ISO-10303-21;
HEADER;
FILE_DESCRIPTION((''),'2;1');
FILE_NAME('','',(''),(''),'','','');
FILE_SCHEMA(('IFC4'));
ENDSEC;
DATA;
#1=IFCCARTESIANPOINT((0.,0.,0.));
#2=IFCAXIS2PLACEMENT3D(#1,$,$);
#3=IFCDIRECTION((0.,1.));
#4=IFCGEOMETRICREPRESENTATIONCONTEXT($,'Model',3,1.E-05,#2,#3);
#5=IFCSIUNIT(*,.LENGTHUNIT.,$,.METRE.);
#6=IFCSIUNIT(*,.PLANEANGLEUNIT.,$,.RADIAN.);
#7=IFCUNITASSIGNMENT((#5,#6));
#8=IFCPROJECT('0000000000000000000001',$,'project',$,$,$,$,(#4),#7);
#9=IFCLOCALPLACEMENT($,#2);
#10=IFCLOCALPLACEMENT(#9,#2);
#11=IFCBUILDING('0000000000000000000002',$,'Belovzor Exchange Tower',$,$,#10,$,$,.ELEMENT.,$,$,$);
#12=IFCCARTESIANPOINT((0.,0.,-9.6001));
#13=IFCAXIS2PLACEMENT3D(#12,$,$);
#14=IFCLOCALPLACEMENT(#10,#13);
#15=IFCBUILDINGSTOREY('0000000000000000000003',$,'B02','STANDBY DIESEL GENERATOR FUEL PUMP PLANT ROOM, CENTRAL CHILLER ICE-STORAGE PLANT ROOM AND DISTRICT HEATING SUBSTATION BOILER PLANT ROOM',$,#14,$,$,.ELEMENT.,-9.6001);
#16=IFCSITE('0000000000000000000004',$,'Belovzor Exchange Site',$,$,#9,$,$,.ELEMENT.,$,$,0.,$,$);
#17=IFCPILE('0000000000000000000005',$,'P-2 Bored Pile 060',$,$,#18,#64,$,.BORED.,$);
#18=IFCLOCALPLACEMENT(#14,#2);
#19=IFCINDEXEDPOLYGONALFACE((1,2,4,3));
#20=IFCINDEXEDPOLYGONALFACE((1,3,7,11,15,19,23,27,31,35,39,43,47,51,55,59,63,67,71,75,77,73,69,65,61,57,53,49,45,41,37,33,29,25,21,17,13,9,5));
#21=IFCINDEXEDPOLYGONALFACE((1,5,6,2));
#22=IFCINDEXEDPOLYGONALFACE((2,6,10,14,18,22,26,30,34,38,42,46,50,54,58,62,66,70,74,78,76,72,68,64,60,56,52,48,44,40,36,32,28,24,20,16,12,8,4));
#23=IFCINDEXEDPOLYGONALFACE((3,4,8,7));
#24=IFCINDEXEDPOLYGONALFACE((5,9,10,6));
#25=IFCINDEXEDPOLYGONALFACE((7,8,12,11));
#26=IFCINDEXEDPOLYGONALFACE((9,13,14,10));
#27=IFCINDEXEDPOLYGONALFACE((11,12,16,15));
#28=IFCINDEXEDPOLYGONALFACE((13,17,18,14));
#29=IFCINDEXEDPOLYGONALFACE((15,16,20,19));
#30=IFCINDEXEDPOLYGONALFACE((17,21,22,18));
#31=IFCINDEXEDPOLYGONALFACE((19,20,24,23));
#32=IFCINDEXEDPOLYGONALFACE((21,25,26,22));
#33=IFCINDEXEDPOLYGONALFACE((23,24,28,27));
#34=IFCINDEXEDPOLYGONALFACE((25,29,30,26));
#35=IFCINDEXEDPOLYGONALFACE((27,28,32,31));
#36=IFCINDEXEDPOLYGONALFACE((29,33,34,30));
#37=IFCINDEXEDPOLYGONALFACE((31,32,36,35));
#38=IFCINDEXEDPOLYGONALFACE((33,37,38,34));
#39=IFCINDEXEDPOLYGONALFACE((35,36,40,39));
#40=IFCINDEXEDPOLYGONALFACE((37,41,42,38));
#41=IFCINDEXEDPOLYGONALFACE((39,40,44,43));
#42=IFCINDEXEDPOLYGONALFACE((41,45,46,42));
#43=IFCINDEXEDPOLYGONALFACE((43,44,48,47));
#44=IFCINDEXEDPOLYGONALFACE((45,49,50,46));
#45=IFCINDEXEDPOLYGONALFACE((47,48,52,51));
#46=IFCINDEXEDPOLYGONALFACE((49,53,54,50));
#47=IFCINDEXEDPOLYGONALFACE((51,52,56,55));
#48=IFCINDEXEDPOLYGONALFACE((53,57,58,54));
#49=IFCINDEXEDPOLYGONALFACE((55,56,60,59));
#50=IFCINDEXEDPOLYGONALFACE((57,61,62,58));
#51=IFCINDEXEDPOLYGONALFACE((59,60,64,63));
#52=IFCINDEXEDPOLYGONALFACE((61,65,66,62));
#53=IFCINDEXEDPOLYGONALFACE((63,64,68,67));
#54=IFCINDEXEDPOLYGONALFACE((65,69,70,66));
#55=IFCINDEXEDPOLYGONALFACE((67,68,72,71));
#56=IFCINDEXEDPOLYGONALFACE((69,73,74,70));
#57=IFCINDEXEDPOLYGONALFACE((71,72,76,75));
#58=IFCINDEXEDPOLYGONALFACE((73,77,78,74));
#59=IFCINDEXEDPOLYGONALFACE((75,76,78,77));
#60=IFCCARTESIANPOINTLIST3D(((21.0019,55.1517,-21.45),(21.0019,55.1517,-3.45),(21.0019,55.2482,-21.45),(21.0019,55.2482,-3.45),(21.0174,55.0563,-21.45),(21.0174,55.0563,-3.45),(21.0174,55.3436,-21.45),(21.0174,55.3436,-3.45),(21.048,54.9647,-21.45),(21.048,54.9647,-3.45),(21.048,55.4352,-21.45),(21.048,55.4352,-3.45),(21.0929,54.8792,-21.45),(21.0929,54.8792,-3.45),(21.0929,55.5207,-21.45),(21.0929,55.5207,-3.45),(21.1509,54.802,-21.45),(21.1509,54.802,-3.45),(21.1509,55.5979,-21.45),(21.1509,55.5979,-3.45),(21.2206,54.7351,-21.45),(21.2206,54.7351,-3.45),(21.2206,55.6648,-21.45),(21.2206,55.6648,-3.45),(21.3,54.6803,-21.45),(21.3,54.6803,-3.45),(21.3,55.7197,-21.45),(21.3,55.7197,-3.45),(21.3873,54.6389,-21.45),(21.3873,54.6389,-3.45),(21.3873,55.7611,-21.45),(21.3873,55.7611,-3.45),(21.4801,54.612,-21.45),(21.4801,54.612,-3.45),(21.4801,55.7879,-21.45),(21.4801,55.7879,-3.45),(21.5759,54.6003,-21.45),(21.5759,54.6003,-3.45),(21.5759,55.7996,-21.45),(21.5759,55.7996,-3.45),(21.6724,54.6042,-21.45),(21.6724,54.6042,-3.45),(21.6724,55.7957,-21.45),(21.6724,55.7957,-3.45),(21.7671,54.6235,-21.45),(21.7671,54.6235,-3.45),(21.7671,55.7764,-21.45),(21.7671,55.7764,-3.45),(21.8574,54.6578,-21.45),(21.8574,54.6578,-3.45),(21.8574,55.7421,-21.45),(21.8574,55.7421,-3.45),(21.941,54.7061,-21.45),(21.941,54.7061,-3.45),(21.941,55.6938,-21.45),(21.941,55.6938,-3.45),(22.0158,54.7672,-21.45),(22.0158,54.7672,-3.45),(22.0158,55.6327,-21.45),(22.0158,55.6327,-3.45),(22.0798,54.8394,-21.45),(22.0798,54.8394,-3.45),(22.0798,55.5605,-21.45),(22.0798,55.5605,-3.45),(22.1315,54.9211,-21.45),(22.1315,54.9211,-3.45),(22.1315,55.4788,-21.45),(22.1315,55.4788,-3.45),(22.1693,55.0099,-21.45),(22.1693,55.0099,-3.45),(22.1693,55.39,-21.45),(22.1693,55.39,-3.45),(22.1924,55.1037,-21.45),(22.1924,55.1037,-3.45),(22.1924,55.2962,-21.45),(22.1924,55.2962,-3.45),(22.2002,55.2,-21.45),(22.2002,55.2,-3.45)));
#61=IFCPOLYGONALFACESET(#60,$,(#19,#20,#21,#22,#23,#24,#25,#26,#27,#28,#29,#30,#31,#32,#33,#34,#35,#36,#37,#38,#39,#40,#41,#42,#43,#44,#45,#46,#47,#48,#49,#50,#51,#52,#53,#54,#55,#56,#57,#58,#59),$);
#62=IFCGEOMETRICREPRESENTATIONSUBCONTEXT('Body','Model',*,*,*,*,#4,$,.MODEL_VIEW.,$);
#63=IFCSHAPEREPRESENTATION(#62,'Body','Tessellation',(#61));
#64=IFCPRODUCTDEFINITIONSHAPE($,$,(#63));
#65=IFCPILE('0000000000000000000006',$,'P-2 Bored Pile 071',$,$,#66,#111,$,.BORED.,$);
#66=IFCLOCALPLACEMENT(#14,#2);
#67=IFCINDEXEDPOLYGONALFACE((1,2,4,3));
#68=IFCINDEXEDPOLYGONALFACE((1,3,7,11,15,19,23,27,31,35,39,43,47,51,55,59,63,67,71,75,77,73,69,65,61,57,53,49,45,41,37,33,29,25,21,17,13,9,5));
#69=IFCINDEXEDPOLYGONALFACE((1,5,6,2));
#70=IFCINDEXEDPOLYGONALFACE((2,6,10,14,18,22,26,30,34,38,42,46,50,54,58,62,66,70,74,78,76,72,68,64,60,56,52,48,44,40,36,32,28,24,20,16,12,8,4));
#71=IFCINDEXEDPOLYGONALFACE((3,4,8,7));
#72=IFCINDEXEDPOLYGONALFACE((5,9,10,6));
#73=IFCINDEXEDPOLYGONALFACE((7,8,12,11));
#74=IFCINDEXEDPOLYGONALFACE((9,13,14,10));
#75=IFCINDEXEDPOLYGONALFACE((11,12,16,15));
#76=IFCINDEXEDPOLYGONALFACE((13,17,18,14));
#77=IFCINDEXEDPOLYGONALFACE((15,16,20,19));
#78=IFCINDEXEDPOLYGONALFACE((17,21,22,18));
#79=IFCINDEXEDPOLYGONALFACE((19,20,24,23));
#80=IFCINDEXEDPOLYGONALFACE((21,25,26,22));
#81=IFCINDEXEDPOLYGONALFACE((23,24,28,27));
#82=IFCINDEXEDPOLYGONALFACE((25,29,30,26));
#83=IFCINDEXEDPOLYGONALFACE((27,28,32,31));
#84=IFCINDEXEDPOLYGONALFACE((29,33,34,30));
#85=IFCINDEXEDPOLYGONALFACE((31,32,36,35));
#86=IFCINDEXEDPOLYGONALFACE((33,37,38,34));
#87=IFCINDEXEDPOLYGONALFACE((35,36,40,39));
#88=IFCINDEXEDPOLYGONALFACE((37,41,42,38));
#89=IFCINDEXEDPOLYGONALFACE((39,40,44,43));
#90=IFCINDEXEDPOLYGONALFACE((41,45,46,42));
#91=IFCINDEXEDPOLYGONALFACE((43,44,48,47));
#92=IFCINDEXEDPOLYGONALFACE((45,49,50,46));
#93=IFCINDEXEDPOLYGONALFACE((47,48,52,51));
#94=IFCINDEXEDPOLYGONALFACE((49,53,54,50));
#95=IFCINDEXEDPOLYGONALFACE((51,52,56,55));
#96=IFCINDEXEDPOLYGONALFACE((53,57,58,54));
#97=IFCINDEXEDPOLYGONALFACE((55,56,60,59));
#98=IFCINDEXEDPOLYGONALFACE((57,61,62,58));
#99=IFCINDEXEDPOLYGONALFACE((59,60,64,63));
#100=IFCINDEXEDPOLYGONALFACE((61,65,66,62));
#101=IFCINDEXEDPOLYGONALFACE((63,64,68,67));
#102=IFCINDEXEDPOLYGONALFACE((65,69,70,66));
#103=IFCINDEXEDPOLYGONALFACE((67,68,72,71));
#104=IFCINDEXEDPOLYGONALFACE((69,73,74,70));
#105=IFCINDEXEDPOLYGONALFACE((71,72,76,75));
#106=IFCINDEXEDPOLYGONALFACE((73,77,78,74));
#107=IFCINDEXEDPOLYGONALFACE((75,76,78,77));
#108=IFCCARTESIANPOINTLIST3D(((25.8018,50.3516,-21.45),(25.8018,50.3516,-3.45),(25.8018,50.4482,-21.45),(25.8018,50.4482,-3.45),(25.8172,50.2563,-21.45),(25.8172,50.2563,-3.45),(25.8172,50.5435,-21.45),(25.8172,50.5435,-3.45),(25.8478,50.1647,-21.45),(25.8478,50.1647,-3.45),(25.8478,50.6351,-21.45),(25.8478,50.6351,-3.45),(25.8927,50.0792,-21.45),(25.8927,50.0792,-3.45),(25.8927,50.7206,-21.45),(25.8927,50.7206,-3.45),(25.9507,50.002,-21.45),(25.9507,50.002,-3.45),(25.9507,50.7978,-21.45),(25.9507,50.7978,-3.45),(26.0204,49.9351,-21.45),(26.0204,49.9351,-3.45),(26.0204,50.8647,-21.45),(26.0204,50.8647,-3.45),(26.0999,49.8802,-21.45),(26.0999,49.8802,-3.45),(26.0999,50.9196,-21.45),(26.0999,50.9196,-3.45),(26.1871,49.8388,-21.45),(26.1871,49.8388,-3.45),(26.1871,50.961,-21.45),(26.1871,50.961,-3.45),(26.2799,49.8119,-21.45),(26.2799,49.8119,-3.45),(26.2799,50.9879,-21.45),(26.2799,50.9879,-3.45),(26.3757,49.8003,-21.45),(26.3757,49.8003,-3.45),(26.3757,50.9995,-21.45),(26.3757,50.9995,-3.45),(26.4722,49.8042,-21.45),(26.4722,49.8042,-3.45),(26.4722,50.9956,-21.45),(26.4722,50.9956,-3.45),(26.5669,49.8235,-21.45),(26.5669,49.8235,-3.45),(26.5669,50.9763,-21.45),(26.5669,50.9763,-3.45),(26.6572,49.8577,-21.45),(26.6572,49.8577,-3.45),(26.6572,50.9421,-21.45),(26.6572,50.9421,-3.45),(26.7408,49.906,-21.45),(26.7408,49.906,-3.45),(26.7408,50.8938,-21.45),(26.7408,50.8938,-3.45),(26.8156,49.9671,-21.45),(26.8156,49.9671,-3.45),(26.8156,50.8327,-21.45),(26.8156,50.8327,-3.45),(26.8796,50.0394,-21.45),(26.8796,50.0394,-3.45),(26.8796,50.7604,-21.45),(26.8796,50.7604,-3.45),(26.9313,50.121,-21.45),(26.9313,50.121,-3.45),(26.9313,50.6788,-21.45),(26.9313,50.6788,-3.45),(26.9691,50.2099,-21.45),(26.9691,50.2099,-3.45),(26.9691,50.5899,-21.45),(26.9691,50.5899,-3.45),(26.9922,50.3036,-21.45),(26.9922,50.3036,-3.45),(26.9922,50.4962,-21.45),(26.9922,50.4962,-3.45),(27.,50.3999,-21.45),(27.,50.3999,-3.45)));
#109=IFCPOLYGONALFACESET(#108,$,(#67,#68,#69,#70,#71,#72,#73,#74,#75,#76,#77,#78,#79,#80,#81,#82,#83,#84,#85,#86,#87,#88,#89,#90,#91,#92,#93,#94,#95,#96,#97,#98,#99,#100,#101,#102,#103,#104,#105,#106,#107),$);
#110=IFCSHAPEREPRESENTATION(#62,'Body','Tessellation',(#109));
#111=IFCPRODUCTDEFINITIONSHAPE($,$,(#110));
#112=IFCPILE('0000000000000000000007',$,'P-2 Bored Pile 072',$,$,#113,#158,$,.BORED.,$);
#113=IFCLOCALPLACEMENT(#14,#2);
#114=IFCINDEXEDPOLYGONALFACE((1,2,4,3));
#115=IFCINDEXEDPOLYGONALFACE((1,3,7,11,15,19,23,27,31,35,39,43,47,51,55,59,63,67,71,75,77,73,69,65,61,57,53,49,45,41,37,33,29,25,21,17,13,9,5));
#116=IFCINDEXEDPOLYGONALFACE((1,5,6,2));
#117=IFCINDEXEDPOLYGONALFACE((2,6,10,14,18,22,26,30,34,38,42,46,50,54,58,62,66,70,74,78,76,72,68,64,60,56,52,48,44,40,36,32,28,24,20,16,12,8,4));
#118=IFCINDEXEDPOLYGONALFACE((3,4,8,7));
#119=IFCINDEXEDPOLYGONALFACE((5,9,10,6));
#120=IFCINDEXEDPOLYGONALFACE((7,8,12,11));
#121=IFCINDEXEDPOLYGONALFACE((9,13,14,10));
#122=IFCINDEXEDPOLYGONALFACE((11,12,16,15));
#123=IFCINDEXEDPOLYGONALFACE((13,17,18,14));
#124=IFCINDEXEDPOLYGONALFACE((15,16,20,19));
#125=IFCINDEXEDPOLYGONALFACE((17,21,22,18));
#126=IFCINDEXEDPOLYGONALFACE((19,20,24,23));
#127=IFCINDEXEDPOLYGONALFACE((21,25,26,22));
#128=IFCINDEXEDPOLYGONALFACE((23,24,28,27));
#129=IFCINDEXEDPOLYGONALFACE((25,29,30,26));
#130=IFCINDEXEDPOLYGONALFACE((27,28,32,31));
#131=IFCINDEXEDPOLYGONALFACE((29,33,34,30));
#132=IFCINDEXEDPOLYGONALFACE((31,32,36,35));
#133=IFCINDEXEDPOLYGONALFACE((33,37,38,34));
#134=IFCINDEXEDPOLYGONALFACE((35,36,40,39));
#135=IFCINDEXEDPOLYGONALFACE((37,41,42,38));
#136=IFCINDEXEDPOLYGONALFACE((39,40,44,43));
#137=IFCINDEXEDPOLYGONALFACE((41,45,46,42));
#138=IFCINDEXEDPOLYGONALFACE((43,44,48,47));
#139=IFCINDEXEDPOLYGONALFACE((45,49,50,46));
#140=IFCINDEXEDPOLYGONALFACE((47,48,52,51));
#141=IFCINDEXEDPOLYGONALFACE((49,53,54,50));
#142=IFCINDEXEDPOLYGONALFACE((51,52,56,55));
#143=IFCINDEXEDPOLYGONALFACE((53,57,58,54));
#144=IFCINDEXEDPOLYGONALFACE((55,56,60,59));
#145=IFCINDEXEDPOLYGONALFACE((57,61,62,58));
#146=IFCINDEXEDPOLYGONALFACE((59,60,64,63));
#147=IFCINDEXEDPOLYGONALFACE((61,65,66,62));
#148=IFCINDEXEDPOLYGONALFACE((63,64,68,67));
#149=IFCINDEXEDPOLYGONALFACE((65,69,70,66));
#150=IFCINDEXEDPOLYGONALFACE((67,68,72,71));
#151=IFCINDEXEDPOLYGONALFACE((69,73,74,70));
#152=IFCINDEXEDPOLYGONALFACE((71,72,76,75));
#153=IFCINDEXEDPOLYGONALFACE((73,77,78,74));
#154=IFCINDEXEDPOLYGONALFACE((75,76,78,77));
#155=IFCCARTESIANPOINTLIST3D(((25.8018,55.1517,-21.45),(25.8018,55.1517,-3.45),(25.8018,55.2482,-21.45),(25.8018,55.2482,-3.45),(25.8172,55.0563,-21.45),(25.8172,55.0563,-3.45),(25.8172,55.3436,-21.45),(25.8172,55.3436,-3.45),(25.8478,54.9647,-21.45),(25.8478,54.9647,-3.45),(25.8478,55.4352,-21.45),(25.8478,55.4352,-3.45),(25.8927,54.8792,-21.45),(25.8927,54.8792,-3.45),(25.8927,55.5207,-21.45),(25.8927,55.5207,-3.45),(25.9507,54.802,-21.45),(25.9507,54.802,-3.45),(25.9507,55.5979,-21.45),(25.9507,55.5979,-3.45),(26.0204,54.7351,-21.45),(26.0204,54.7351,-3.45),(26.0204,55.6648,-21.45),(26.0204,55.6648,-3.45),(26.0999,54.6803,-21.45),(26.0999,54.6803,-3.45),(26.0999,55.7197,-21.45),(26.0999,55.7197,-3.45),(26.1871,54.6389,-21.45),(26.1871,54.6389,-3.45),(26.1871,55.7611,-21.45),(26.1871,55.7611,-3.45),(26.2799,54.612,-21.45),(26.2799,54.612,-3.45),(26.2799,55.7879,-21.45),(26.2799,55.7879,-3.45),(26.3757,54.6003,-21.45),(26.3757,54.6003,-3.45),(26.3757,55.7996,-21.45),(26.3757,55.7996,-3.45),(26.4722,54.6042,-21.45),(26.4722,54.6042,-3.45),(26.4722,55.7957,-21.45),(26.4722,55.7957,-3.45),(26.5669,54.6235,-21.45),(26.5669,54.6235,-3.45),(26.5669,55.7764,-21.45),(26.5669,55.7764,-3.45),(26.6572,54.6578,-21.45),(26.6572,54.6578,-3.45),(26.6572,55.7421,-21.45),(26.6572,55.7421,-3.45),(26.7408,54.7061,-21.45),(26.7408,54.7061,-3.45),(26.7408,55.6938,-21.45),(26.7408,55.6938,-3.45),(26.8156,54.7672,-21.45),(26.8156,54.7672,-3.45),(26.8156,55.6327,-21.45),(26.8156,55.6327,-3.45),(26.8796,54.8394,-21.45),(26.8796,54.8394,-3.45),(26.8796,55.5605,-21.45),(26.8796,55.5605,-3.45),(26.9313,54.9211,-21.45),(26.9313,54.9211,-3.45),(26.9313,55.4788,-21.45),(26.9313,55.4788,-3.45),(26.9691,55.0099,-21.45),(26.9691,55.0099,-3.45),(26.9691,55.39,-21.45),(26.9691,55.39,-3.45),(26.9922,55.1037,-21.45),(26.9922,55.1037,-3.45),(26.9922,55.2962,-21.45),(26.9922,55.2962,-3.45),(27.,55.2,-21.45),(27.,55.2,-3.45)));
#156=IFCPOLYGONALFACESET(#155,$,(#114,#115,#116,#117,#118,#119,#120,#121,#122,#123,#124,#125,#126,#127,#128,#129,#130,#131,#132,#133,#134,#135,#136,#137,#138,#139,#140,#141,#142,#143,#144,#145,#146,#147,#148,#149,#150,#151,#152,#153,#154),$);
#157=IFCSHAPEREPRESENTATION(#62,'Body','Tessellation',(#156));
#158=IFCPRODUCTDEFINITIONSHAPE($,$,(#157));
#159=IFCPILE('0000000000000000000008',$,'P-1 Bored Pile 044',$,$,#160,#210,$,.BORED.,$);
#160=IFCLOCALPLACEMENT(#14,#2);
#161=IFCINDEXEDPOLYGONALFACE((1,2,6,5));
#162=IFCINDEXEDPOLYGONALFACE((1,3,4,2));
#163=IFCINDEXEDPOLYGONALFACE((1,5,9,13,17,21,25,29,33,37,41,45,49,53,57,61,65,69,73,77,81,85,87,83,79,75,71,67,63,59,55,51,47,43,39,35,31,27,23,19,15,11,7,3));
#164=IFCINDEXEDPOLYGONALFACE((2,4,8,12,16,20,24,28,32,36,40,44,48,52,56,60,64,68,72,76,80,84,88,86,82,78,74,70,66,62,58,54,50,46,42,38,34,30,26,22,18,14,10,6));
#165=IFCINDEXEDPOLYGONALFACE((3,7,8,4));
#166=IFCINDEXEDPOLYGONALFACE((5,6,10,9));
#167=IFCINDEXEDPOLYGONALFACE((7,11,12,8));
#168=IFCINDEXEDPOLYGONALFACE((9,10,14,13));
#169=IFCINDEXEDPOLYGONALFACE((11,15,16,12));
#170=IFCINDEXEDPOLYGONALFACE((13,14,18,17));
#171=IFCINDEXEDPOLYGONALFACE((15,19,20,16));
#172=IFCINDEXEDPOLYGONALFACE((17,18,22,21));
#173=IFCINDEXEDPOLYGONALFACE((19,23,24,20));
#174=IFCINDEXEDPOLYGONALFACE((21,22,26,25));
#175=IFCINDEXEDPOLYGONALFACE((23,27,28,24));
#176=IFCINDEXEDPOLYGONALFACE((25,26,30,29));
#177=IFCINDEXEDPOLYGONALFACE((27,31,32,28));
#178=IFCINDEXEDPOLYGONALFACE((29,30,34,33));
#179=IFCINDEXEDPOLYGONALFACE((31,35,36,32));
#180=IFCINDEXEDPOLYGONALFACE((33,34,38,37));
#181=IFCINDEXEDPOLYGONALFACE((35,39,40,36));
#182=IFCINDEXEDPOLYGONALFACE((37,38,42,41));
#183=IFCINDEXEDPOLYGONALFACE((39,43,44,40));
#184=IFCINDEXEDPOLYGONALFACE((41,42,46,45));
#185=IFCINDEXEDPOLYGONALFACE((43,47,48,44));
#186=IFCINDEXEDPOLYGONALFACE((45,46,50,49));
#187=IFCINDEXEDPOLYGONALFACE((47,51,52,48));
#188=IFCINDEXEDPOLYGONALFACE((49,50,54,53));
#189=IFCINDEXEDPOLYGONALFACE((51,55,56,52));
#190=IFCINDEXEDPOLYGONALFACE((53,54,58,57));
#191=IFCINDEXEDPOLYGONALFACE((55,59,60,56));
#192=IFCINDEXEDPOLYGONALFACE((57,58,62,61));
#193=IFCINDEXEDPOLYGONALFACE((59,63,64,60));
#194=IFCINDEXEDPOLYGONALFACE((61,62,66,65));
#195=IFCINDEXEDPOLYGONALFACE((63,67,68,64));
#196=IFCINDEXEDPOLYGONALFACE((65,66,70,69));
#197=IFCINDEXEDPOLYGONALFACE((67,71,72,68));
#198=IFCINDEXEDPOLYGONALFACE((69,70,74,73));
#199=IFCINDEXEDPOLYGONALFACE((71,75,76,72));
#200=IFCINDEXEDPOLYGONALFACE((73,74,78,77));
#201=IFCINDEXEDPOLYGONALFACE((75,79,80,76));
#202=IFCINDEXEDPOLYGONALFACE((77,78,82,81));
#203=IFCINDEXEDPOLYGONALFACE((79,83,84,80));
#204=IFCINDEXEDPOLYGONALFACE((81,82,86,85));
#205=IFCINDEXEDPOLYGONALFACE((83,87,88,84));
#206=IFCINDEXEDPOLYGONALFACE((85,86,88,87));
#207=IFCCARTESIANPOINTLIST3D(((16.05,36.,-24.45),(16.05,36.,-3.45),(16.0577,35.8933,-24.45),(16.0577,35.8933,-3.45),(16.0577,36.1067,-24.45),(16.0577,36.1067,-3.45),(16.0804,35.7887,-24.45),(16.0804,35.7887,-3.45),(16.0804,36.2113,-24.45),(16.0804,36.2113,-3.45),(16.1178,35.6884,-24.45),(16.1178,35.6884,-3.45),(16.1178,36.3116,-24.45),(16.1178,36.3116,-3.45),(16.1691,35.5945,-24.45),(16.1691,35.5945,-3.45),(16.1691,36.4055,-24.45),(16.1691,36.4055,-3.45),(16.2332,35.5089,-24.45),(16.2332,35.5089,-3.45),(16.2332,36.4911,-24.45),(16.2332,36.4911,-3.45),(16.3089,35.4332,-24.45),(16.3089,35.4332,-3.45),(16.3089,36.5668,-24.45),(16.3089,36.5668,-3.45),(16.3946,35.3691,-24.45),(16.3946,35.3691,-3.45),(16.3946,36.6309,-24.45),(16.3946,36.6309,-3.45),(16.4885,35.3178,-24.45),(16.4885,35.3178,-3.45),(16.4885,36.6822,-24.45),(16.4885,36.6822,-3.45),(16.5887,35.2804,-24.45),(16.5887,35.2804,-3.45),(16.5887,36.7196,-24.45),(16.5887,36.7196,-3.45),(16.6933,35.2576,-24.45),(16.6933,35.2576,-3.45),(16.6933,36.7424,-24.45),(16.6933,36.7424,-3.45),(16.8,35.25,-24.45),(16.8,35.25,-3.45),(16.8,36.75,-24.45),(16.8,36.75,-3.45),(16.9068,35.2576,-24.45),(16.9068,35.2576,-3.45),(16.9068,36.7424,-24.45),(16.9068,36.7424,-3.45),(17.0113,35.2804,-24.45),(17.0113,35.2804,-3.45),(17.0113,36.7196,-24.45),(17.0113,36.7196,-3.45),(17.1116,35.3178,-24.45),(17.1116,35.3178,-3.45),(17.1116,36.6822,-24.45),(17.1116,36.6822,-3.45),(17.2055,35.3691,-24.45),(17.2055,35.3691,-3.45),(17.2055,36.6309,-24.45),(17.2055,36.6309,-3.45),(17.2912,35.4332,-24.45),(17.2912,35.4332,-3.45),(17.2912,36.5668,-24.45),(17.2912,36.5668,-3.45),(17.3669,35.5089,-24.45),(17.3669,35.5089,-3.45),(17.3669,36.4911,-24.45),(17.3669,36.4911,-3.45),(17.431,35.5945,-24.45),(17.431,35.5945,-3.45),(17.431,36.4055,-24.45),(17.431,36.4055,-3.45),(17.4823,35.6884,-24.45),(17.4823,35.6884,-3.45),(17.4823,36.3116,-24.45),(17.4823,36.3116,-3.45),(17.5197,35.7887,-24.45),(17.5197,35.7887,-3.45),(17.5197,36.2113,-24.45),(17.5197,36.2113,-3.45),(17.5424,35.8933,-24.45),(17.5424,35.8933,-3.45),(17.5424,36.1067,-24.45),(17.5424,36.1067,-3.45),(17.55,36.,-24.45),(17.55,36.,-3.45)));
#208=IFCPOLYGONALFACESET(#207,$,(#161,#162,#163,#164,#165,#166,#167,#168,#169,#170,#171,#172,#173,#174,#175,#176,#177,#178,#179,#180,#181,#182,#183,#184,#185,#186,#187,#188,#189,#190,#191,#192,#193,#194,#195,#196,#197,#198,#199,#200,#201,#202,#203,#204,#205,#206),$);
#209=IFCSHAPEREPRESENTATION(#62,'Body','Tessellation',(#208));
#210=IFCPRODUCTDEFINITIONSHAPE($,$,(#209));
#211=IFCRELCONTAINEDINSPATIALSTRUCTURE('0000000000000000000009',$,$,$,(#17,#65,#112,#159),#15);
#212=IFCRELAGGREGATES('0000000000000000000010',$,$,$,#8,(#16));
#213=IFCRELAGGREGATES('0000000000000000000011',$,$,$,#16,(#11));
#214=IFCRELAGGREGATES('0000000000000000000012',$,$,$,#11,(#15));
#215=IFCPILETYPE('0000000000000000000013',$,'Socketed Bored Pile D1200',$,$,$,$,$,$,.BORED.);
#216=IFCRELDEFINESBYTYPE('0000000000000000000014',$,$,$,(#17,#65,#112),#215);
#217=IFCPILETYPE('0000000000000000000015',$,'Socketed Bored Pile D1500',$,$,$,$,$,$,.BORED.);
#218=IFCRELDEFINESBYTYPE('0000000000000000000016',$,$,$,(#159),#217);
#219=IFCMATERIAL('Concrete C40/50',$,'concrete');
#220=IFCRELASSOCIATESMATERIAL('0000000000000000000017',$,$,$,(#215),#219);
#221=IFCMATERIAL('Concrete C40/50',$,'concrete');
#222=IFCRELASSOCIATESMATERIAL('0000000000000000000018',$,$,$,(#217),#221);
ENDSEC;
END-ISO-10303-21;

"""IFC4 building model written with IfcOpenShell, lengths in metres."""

from ifc_helpers import new_model, si_unit, direction, frame, origin, origin_2d, place, context, subcontext, project, spatial, circle, extrude, material, material_profile, profile_set, type_object, element, save


model = new_model("IFC4")

# Units and contexts
model_context = context("Model", 3, precision=1e-05, world=origin(), true_north=direction((0.0, 1.0)))
body_context = subcontext(model_context, "Body", "Model", "MODEL_VIEW")
ifc_project = project(units=[si_unit("LENGTHUNIT", "METRE"), si_unit("PLANEANGLEUNIT", "RADIAN")], contexts=[model_context])

# Site, building, storey
site_placement = place(None, origin())
site = spatial("IfcSite", under=ifc_project, at=site_placement, Name="Belovzor Exchange Site", CompositionType="ELEMENT", RefElevation=0.0)
building_placement = place(site_placement, origin())
building = spatial("IfcBuilding", under=site, at=building_placement, Name="Belovzor Exchange Tower", CompositionType="ELEMENT")
storey_placement = place(building_placement, frame((0.0, 0.0, -9.6001)))
storey = spatial("IfcBuildingStorey", under=building, at=storey_placement, Name="B02", Description="STANDBY DIESEL GENERATOR FUEL PUMP PLANT ROOM, CENTRAL CHILLER ICE-STORAGE PLANT ROOM AND DISTRICT HEATING SUBSTATION BOILER PLANT ROOM", CompositionType="ELEMENT", Elevation=-9.6001)

# Piles
ifc_material_1 = material(Name="Concrete C40/50", Category="concrete")
ifc_material_profile_1 = material_profile(ifc_material_1, circle(Radius=0.6001, at=origin_2d()))
ifc_profile_set_1 = profile_set([ifc_material_profile_1], Name="Concrete C40/50")
pile_type_1 = type_object("IfcPileType", Name="Socketed Bored Pile D1200", PredefinedType="BORED", material=ifc_profile_set_1)
for number, where, z_axis, x_axis, name in (
    (1, (21.6001, 55.2, -3.45), (0.0, 0.0, -1.0), (1.0, 0.0, 0.0), "P-2 Bored Pile 060"),
    (2, (26.3999, 50.3999, -3.45), (0.0, 0.0, -1.0), (1.0, 0.0, 0.0), "P-2 Bored Pile 071"),
    (3, (26.3999, 55.2, -3.45), (0.0, 0.0, -1.0), (1.0, 0.0, 0.0), "P-2 Bored Pile 072"),
):
    element("IfcPile", number, at=place(storey_placement, frame(where, z_axis=z_axis, x_axis=x_axis)), inside=storey, type_object=pile_type_1, Name=name, PredefinedType="BORED", context=body_context, shape_type="SweptSolid", body=[
        extrude(circle(Radius=0.6001, at=origin_2d()), origin(), (0.0, 0.0, 1.0), 18.0),
    ])
ifc_material_2 = material(Name="Concrete C40/50", Category="concrete")
ifc_material_profile_2 = material_profile(ifc_material_2, circle(Radius=0.75, at=origin_2d()))
ifc_profile_set_2 = profile_set([ifc_material_profile_2], Name="Concrete C40/50")
pile_type_2 = type_object("IfcPileType", Name="Socketed Bored Pile D1500", PredefinedType="BORED", material=ifc_profile_set_2)
for number, where, z_axis, x_axis, name in (
    (4, (16.8, 36.0, -3.45), (0.0, 0.0, -1.0), (1.0, 0.0, 0.0), "P-1 Bored Pile 044"),
):
    element("IfcPile", number, at=place(storey_placement, frame(where, z_axis=z_axis, x_axis=x_axis)), inside=storey, type_object=pile_type_2, Name=name, PredefinedType="BORED", context=body_context, shape_type="SweptSolid", body=[
        extrude(circle(Radius=0.75, at=origin_2d()), origin(), (0.0, 0.0, 1.0), 21.0),
    ])

save(model, "model.ifc")
